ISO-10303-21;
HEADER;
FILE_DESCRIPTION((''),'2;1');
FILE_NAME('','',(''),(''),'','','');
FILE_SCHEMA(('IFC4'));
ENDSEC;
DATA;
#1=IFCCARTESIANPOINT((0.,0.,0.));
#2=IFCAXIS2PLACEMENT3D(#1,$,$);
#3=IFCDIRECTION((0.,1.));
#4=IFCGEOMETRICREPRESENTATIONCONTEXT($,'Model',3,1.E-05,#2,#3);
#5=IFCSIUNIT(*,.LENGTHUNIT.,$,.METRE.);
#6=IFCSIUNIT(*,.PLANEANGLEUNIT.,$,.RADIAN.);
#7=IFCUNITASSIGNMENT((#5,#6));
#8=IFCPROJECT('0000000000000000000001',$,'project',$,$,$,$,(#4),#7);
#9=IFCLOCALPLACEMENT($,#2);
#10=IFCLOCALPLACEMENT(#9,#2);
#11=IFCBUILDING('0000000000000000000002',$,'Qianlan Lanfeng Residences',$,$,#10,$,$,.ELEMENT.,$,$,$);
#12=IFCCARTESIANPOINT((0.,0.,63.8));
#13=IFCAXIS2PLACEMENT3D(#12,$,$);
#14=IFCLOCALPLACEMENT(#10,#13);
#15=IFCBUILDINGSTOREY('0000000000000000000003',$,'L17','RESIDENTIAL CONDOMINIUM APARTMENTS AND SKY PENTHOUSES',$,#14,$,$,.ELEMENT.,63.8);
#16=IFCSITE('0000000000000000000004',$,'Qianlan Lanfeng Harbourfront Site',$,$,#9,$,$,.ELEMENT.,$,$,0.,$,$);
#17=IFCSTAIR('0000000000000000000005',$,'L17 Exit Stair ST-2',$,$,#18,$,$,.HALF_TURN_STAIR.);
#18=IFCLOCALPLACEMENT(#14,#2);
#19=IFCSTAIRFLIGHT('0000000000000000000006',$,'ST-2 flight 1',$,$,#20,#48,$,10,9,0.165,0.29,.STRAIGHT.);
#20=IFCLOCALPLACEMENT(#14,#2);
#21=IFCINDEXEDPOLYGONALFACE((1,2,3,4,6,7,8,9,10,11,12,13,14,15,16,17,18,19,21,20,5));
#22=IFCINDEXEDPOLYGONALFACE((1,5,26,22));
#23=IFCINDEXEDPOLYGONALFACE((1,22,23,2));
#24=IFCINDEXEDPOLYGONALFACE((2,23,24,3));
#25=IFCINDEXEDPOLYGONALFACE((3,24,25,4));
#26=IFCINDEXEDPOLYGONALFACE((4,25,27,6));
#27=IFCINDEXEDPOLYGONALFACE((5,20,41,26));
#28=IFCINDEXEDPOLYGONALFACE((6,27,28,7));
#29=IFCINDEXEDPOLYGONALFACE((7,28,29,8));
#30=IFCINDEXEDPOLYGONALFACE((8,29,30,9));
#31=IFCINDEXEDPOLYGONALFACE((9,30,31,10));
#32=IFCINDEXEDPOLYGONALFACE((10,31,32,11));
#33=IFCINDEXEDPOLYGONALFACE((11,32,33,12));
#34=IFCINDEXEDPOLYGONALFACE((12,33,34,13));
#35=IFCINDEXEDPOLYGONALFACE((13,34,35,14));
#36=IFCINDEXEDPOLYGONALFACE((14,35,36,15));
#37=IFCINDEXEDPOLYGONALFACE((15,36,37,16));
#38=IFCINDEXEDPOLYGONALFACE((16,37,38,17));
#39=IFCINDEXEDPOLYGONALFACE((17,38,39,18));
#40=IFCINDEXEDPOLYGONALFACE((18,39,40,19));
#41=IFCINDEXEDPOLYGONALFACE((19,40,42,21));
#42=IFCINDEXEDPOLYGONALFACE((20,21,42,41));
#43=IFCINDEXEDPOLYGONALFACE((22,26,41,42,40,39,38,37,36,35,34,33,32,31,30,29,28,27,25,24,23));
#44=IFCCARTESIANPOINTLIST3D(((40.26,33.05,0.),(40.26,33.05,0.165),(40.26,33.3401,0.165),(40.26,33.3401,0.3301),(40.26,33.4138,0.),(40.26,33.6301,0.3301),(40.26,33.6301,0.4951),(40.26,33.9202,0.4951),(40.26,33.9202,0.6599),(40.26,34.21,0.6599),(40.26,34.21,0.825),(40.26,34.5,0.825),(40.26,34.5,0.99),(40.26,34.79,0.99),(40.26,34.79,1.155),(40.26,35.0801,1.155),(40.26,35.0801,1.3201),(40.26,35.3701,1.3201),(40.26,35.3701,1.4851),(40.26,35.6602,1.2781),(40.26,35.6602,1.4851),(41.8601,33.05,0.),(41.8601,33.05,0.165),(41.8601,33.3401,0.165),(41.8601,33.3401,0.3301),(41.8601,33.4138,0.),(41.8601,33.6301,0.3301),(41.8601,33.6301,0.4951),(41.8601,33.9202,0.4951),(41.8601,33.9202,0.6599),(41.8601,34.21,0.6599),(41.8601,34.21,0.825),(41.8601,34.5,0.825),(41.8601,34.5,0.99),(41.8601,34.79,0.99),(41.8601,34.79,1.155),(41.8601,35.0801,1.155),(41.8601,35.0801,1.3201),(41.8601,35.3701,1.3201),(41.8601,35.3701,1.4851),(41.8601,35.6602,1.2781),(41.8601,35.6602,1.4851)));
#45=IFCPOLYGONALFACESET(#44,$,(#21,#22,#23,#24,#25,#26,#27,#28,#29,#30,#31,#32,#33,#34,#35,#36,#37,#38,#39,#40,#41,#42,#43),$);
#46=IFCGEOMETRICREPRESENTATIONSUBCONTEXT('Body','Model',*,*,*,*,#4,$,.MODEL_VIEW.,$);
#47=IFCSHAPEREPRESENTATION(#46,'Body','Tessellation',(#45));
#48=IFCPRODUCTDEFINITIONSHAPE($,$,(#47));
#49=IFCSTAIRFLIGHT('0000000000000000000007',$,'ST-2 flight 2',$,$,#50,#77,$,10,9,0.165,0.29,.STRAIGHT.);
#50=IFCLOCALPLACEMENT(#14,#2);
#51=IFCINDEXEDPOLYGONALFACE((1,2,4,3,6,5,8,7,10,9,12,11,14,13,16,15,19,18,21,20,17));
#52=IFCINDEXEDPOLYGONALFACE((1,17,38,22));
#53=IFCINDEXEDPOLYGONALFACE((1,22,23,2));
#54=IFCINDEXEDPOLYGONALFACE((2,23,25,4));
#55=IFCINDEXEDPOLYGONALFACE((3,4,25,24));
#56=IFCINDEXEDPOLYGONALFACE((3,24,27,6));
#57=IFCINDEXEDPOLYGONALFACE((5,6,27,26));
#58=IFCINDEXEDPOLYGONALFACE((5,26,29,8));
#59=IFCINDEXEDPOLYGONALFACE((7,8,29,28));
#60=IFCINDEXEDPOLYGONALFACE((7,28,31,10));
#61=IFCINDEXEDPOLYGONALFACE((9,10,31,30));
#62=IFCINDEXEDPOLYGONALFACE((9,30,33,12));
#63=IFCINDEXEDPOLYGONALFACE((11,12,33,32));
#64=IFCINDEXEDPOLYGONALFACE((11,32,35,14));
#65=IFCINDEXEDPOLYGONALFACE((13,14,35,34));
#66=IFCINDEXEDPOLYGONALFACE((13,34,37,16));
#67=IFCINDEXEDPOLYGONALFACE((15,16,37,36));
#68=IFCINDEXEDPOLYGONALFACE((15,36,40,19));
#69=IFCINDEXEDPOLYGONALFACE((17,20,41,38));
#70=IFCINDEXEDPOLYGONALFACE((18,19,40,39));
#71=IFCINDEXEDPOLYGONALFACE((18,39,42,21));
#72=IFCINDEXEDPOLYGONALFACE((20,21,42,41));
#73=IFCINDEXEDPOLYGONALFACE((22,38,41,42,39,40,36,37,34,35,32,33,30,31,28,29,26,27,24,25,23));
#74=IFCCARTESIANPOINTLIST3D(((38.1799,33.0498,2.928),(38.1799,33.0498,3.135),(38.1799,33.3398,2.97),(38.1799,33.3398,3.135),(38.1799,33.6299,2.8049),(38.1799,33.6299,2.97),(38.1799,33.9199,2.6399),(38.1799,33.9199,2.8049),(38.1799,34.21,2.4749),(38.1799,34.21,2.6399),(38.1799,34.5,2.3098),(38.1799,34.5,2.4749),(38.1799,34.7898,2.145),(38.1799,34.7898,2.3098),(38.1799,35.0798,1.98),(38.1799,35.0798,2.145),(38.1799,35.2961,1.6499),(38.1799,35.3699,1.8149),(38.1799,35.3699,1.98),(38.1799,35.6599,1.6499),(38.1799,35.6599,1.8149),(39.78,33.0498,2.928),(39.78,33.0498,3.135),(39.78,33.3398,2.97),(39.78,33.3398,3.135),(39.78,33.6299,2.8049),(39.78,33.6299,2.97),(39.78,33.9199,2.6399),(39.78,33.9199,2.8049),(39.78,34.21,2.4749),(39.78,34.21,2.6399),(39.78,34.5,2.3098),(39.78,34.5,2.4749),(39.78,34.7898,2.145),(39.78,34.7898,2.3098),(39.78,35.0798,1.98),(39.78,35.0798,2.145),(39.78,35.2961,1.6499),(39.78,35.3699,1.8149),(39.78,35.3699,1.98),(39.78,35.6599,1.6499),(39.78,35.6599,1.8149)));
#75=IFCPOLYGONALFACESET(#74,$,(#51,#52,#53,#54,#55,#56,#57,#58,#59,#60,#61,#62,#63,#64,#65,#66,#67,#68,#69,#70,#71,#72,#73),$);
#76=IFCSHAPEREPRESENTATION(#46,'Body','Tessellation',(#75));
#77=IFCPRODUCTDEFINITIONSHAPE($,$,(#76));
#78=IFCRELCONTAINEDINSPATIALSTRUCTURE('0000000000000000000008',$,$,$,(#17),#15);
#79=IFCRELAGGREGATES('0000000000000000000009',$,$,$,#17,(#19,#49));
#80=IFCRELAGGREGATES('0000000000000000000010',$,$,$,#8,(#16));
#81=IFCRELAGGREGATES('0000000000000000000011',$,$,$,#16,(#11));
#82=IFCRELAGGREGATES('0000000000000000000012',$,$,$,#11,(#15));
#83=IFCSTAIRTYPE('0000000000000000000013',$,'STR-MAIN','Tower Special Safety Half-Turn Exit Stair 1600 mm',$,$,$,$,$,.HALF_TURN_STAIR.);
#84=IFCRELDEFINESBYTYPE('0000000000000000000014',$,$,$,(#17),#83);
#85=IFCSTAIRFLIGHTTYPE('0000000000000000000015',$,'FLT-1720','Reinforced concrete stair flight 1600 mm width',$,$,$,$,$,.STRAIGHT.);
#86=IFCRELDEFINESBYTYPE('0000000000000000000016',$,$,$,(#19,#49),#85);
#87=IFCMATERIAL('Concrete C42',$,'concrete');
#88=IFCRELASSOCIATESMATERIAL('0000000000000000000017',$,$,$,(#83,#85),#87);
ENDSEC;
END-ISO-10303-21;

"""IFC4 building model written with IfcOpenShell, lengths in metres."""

from ifc_helpers import new_model, si_unit, direction, frame, origin, place, context, subcontext, project, spatial, polyline, outline, extrude, material, type_object, element, aggregate, save


model = new_model("IFC4")

# Units and contexts
model_context = context("Model", 3, precision=1e-05, world=origin(), true_north=direction((0.0, 1.0)))
body_context = subcontext(model_context, "Body", "Model", "MODEL_VIEW")
ifc_project = project(units=[si_unit("LENGTHUNIT", "METRE"), si_unit("PLANEANGLEUNIT", "RADIAN")], contexts=[model_context])

# Site, building, storey
site_placement = place(None, origin())
site = spatial("IfcSite", under=ifc_project, at=site_placement, Name="Qianlan Lanfeng Harbourfront Site", CompositionType="ELEMENT", RefElevation=0.0)
building_placement = place(site_placement, origin())
building = spatial("IfcBuilding", under=site, at=building_placement, Name="Qianlan Lanfeng Residences", CompositionType="ELEMENT")
storey_placement = place(building_placement, frame((0.0, 0.0, 63.8)))
storey = spatial("IfcBuildingStorey", under=building, at=storey_placement, Name="L17", Description="RESIDENTIAL CONDOMINIUM APARTMENTS AND SKY PENTHOUSES", CompositionType="ELEMENT", Elevation=63.8)

# Shared definitions
ifc_material_1 = material(Name="Concrete C42", Category="concrete")

# Stair, stair flights
stair_type = type_object("IfcStairType", Name="STR-MAIN", Description="Tower Special Safety Half-Turn Exit Stair 1600 mm", PredefinedType="HALF_TURN_STAIR", material=ifc_material_1)
stair_placement = place(storey_placement, origin())
stair = element("IfcStair", 1, at=stair_placement, inside=storey, type_object=stair_type, Name="L17 Exit Stair ST-2", PredefinedType="HALF_TURN_STAIR")
stair_flight_type = type_object("IfcStairFlightType", Name="FLT-1720", Description="Reinforced concrete stair flight 1600 mm width", PredefinedType="STRAIGHT", material=ifc_material_1)
stair_flight_1_placement = place(storey_placement, frame((41.0601, 33.05, 0.0), z_axis=(0.0, 0.0, 1.0), x_axis=(0.0, 1.0, 0.0)))
stair_flight_1 = element("IfcStairFlight", 2, at=stair_flight_1_placement, type_object=stair_flight_type, Name="ST-2 flight 1", NumberOfRisers=10, NumberOfTreads=9, PredefinedType="STRAIGHT", RiserHeight=0.165, TreadLength=0.29, context=body_context, shape_type="SweptSolid", body=[
    extrude(outline(polyline([(0.0, 0.0), (0.0, 0.165), (0.29, 0.165), (0.29, 0.3301), (0.5801, 0.3301), (0.5801, 0.4951), (0.8701, 0.4951), (0.8701, 0.6599), (1.1599, 0.6599), (1.1599, 0.825), (1.45, 0.825), (1.45, 0.99), (1.74, 0.99), (1.74, 1.155), (2.03, 1.155), (2.03, 1.3201), (2.3201, 1.3201), (2.3201, 1.4851), (2.6101, 1.4851), (2.6101, 1.6499), (2.6101, 1.2781), (0.3638, 0.0), (0.0, 0.0)])), frame((0.0, 0.8, 0.0), z_axis=(0.0, -1.0, 0.0), x_axis=(1.0, 0.0, 0.0)), (0.0, 0.0, 1.0), 1.6001),
])
stair_flight_2_placement = place(storey_placement, frame((38.98, 35.6599, 1.6499), z_axis=(0.0, 0.0, 1.0), x_axis=(0.0, -1.0, 0.0)))
stair_flight_2 = element("IfcStairFlight", 3, at=stair_flight_2_placement, type_object=stair_flight_type, Name="ST-2 flight 2", NumberOfRisers=10, NumberOfTreads=9, PredefinedType="STRAIGHT", RiserHeight=0.165, TreadLength=0.29, context=body_context, shape_type="SweptSolid", body=[
    extrude(outline(polyline([(0.0, 0.0), (0.0, 0.165), (0.29, 0.165), (0.29, 0.3301), (0.5801, 0.3301), (0.5801, 0.4951), (0.8701, 0.4951), (0.8701, 0.6599), (1.1599, 0.6599), (1.1599, 0.825), (1.45, 0.825), (1.45, 0.99), (1.74, 0.99), (1.74, 1.155), (2.03, 1.155), (2.03, 1.3201), (2.3201, 1.3201), (2.3201, 1.4851), (2.6101, 1.4851), (2.6101, 1.6499), (2.6101, 1.2781), (0.3638, 0.0), (0.0, 0.0)])), frame((0.0, 0.8, 0.0), z_axis=(0.0, -1.0, 0.0), x_axis=(1.0, 0.0, 0.0)), (0.0, 0.0, 1.0), 1.6001),
])
aggregate(stair, [stair_flight_1, stair_flight_2])

save(model, "model.ifc")
